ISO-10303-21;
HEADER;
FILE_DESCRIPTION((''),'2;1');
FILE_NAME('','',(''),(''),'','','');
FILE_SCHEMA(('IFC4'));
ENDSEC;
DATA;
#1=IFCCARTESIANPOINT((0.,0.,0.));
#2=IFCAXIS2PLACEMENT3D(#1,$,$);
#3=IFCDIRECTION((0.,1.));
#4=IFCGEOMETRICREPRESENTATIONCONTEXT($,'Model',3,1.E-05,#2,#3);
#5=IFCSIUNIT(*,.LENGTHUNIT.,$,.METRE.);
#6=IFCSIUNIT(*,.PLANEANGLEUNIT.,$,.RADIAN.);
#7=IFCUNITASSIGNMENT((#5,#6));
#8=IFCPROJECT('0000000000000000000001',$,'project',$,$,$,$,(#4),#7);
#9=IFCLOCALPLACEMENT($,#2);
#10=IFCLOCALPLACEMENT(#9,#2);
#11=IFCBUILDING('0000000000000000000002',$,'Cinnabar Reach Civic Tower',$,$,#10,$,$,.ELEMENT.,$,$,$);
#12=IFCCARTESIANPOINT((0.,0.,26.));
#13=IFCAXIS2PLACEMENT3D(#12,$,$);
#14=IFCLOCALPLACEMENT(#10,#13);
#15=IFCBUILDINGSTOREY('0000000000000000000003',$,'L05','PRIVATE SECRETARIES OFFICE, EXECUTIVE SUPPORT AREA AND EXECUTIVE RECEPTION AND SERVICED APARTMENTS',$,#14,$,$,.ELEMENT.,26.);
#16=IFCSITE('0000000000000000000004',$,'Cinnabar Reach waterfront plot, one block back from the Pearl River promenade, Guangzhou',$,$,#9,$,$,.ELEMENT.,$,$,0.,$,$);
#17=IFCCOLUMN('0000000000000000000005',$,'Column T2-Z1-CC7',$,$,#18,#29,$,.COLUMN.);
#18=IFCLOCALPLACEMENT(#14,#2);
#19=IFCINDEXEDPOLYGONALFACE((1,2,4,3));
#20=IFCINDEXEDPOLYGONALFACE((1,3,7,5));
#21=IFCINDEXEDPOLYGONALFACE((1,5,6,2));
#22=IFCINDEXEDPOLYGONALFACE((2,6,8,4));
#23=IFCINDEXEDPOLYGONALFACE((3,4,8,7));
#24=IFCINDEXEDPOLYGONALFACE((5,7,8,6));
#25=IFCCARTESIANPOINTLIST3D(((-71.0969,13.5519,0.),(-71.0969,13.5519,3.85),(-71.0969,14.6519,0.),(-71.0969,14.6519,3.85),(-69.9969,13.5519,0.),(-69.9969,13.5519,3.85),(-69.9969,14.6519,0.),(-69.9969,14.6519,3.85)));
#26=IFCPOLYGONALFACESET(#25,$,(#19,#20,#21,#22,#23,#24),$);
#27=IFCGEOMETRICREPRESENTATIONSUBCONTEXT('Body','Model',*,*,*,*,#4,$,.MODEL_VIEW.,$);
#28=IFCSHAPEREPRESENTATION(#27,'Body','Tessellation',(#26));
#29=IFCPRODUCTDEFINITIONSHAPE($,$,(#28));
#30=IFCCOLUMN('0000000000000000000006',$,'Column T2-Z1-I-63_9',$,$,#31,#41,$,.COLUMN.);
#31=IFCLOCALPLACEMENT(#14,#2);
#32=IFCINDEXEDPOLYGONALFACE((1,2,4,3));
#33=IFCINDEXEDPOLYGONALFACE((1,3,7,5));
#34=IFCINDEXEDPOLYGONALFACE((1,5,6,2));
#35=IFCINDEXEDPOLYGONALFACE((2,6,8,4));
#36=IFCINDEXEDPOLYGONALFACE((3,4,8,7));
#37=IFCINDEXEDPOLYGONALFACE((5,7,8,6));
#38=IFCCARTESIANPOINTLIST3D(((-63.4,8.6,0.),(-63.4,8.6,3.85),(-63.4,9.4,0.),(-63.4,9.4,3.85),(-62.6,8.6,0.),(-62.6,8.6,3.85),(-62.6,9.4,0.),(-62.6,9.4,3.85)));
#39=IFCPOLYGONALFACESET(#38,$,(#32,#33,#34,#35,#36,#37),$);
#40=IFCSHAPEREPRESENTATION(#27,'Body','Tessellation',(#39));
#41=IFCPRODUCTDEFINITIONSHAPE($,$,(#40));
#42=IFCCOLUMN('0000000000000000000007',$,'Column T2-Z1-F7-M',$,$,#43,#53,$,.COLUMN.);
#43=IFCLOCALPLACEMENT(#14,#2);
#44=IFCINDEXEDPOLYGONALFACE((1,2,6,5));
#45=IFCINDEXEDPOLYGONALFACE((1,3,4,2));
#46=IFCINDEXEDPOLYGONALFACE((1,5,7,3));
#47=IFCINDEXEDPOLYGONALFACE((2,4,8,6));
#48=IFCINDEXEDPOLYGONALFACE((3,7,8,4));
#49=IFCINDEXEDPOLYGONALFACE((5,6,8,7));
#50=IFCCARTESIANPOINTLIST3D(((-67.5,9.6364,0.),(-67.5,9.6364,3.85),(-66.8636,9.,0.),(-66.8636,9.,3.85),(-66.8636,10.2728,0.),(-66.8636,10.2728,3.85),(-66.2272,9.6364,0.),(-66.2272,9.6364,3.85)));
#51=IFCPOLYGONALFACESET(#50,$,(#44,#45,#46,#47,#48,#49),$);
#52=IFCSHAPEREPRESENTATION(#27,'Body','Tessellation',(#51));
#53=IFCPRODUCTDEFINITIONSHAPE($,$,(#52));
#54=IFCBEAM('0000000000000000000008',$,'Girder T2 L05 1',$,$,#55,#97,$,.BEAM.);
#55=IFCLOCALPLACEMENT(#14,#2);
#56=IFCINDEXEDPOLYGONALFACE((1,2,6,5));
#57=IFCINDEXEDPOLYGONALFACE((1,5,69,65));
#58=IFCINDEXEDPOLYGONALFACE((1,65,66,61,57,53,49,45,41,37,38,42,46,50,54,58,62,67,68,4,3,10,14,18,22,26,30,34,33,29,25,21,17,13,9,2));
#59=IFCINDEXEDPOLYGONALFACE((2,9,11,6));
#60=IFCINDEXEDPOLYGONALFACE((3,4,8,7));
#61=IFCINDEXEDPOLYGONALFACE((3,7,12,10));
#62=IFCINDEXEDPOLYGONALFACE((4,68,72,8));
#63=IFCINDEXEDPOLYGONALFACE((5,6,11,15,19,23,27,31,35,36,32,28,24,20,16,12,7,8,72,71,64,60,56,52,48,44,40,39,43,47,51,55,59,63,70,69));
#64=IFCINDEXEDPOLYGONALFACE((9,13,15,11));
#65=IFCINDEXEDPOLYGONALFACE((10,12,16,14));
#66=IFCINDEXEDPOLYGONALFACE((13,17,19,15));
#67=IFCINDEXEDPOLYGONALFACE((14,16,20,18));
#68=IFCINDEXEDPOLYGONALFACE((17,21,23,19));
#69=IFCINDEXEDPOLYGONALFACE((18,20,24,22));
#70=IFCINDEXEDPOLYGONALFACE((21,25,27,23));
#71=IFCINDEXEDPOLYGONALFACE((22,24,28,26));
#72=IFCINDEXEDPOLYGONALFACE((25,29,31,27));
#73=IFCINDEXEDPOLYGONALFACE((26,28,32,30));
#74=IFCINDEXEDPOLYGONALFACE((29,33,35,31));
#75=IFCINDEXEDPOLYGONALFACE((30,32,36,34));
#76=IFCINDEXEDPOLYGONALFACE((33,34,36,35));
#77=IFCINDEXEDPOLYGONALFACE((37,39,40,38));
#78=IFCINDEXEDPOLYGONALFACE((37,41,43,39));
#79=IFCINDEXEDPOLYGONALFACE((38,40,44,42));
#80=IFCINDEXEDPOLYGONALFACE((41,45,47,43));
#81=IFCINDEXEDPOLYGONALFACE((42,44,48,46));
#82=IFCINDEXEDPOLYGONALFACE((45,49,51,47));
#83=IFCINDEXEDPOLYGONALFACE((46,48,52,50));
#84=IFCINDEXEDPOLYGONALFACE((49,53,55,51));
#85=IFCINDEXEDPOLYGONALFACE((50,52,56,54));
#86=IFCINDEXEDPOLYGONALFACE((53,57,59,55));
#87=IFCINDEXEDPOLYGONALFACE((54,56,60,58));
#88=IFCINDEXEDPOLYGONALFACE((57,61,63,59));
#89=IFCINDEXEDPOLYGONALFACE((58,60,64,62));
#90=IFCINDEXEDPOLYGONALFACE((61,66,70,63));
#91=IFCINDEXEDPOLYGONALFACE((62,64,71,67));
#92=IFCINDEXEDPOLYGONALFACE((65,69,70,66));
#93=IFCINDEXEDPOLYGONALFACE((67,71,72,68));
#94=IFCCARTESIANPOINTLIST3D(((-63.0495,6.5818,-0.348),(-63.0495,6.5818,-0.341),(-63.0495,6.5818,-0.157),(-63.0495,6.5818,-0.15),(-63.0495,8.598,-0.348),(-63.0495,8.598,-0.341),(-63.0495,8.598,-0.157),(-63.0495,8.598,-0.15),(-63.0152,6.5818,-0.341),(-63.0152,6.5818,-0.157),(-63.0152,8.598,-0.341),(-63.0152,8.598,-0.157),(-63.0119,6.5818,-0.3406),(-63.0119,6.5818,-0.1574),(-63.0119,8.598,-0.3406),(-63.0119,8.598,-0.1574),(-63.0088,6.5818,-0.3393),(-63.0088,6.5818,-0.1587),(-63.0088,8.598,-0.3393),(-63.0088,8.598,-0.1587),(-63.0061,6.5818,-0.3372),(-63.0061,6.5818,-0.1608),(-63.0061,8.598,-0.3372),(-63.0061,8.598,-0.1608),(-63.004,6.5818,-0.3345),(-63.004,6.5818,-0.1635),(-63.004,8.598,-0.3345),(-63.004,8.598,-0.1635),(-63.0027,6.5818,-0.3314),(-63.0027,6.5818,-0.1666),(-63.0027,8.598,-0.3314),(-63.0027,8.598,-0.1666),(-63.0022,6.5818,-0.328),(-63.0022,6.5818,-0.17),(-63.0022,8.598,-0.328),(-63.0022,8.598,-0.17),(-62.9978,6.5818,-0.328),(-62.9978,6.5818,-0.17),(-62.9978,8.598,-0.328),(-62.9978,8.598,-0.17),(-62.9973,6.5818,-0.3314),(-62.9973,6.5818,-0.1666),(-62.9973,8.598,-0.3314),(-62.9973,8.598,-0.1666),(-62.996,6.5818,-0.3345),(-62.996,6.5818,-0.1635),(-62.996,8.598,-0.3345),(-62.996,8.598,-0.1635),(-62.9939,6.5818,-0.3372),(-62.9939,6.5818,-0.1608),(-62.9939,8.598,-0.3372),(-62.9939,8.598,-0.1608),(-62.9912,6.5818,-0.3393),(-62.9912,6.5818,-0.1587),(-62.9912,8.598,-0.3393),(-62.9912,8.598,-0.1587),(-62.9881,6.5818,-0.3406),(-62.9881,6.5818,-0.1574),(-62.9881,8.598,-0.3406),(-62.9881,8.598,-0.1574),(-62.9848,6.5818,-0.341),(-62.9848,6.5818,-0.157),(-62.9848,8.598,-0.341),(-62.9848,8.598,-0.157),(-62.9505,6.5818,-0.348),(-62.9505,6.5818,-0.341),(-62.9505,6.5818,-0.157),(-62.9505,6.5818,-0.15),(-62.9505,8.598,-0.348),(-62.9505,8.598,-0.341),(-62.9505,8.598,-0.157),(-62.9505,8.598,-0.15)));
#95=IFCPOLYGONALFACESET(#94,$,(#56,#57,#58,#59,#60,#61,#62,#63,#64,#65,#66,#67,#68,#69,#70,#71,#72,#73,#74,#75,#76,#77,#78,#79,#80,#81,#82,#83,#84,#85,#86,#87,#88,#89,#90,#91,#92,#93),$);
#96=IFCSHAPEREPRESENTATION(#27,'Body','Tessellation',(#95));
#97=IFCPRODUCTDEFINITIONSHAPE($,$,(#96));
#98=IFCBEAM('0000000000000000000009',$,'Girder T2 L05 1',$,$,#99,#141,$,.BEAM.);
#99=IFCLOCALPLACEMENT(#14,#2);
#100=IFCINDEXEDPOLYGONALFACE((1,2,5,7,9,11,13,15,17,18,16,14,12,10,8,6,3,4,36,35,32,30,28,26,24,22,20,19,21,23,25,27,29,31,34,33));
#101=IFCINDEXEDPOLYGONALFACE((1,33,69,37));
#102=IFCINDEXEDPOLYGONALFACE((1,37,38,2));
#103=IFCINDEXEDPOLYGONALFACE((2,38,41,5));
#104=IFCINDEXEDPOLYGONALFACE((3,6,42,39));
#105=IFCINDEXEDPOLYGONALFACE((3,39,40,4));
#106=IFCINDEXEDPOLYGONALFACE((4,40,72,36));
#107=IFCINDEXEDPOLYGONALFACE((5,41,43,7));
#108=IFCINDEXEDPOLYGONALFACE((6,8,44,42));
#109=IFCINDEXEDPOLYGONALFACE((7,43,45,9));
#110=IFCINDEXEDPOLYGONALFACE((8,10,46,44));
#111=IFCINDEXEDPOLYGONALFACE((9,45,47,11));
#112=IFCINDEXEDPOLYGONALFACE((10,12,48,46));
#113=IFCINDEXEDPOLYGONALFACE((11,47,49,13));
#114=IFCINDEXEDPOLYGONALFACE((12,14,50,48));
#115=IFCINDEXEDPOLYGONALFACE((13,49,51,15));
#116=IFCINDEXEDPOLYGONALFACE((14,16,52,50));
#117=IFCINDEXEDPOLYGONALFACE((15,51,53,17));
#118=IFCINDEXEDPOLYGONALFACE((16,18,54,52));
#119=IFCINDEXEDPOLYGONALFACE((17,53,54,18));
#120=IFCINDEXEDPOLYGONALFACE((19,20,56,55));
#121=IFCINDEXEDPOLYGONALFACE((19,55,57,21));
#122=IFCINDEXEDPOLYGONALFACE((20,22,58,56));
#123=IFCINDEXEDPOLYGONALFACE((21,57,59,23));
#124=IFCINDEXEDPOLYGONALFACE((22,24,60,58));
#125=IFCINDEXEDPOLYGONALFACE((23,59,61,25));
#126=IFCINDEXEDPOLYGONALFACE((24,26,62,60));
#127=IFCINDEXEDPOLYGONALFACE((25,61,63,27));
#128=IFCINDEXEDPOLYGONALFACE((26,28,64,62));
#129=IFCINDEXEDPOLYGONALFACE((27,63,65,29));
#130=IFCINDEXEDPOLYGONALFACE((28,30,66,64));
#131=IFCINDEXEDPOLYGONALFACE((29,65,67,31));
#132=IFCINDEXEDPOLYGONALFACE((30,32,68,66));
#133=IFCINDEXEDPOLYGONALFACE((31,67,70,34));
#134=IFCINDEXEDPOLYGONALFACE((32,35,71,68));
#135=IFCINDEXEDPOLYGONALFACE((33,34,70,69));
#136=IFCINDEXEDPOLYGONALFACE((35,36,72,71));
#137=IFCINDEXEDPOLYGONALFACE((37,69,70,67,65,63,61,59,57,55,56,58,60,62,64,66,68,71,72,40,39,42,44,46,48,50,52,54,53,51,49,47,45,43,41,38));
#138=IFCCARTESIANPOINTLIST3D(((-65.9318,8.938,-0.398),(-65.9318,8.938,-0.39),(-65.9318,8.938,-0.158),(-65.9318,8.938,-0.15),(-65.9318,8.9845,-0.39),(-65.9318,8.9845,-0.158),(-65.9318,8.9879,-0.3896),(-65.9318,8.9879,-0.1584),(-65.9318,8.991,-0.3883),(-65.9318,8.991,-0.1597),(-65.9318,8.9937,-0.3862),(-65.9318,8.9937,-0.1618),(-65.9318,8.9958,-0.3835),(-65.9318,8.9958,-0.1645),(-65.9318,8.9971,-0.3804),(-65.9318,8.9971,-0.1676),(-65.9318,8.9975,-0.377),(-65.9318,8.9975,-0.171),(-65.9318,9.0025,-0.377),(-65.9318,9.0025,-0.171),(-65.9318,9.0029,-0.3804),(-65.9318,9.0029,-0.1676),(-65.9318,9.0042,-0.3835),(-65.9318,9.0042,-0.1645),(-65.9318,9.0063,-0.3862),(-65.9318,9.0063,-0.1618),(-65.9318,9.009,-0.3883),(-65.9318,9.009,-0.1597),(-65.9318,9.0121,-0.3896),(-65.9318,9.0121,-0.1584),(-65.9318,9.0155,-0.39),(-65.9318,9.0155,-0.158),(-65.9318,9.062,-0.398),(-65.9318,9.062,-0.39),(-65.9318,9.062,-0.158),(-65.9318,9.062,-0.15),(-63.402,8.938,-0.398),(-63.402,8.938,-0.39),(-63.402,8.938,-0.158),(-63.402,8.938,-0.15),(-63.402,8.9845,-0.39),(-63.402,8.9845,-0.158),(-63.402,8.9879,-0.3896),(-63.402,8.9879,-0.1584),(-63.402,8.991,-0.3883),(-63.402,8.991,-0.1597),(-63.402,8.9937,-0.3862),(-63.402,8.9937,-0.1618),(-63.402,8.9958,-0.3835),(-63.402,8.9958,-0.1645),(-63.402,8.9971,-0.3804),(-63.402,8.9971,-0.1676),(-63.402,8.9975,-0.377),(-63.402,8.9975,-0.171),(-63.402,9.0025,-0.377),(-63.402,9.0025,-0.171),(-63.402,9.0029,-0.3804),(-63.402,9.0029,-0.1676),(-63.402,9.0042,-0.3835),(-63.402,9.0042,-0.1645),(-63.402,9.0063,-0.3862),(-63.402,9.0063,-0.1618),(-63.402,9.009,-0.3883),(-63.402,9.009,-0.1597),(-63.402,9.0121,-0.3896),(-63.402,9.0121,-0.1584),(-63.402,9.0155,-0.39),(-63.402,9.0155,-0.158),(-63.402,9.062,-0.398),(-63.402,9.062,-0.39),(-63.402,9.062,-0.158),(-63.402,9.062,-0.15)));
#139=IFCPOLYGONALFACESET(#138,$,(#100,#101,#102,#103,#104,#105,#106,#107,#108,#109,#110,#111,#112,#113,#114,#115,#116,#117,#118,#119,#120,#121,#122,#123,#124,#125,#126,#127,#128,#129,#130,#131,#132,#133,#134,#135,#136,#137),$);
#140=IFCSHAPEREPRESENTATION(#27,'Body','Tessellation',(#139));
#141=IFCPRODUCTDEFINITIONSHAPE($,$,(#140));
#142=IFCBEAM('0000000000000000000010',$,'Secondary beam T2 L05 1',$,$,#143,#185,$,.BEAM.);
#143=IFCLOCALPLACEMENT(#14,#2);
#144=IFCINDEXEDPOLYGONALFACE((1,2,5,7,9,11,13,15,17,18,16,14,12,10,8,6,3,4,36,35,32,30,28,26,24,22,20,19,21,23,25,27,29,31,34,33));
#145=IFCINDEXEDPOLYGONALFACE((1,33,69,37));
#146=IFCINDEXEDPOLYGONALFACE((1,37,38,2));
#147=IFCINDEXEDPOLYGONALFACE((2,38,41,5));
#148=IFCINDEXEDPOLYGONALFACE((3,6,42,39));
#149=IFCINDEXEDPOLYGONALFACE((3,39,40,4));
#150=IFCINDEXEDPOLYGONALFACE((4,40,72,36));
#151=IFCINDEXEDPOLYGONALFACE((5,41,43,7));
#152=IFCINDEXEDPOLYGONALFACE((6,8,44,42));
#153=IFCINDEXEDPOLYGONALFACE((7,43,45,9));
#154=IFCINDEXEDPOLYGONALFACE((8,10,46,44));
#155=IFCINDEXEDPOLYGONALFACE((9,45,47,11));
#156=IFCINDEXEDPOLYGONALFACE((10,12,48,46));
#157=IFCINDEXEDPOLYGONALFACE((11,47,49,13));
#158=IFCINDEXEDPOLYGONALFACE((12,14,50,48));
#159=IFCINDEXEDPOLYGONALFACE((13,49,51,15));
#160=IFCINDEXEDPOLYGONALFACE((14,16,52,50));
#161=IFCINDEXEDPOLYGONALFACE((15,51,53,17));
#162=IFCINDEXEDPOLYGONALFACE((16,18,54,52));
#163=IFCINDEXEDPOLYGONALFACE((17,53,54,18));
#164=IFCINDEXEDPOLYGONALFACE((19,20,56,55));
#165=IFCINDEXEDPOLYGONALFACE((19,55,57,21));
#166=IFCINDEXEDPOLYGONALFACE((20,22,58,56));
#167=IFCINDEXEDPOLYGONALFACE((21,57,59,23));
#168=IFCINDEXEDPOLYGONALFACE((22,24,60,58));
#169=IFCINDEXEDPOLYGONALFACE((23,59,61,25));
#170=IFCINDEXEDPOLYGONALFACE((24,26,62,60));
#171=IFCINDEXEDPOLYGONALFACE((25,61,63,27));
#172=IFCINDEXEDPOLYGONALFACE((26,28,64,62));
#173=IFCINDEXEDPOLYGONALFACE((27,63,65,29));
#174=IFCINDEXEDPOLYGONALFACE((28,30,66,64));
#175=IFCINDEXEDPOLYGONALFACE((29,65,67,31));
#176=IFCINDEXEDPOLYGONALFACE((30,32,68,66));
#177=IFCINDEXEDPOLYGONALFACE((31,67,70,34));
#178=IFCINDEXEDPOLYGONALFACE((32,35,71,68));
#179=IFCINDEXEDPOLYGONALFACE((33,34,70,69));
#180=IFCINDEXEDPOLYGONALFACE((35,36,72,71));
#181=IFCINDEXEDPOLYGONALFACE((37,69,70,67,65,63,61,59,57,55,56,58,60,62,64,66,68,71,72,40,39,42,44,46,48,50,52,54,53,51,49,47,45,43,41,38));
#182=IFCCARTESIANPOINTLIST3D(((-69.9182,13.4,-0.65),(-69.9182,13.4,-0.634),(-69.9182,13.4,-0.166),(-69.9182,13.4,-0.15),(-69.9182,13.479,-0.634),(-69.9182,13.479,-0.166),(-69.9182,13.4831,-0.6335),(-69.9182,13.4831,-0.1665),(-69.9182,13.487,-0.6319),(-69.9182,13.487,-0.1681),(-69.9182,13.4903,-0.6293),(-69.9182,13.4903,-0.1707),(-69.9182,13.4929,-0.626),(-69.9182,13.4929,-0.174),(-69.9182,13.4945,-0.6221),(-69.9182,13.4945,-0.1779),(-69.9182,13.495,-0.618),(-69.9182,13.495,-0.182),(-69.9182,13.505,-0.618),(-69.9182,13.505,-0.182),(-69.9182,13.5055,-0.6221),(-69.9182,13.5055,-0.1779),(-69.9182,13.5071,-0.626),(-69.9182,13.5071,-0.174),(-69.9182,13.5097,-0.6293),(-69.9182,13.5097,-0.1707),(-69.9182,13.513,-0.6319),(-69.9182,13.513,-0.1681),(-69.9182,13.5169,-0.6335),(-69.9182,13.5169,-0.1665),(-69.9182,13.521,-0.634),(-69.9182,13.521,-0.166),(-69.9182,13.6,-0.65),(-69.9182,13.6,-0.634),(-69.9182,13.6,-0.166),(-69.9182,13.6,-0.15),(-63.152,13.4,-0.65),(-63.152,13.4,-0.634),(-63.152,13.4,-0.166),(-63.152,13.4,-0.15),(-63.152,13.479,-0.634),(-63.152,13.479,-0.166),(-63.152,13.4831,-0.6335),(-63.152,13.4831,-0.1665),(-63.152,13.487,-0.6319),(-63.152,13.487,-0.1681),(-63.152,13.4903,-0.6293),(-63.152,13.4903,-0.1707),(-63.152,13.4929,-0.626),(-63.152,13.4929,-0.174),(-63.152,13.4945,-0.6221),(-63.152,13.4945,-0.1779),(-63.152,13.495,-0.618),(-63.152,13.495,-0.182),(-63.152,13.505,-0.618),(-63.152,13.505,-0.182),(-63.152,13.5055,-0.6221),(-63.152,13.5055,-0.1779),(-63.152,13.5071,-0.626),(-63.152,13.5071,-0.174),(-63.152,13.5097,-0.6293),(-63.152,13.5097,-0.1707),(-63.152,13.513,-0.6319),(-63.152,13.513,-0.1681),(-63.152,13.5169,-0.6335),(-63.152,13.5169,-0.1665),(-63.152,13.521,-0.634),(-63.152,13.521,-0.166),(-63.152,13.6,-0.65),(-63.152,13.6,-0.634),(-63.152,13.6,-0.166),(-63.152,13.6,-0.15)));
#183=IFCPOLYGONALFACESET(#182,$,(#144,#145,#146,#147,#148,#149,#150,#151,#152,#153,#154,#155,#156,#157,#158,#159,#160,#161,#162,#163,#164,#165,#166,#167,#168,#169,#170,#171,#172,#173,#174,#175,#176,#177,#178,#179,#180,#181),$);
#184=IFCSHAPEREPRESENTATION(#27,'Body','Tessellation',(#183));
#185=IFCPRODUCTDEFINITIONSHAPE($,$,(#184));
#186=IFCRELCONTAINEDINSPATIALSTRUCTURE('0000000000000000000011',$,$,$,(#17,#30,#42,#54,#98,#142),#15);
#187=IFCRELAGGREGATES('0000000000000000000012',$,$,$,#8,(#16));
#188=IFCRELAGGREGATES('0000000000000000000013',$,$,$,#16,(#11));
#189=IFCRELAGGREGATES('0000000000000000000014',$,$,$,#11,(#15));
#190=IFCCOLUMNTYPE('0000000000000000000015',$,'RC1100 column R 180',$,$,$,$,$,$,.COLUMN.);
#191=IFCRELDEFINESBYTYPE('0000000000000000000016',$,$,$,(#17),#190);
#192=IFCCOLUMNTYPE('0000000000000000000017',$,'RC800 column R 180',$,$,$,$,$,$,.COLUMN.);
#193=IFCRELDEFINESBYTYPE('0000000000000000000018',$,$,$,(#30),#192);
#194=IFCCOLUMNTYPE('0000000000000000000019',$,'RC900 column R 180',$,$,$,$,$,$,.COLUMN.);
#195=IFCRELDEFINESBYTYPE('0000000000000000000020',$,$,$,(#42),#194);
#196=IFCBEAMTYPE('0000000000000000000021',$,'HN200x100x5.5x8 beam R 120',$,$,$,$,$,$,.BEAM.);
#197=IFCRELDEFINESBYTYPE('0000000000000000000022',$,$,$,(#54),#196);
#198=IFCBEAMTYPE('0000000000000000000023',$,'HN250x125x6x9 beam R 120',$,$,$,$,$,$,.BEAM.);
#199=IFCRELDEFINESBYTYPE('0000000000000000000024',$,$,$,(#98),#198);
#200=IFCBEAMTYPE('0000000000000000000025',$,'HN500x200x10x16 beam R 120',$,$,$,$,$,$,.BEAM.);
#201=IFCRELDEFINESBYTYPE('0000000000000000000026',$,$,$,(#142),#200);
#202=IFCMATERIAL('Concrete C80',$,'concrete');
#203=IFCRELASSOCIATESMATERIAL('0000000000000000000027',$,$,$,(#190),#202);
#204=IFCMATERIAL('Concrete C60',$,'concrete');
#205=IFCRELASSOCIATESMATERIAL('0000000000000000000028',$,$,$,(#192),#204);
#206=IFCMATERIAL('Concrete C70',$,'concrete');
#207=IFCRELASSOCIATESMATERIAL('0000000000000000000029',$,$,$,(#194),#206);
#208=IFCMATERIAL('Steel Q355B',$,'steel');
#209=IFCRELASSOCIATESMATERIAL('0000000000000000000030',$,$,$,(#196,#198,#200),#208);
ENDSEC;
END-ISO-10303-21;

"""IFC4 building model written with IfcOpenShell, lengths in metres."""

from ifc_helpers import new_model, si_unit, direction, frame, origin, origin_2d, place, context, subcontext, project, spatial, rectangle, i_section, extrude, material, material_profile, profile_set, type_object, element, save


model = new_model("IFC4")

# Units and contexts
model_context = context("Model", 3, precision=1e-05, world=origin(), true_north=direction((0.0, 1.0)))
body_context = subcontext(model_context, "Body", "Model", "MODEL_VIEW")
ifc_project = project(units=[si_unit("LENGTHUNIT", "METRE"), si_unit("PLANEANGLEUNIT", "RADIAN")], contexts=[model_context])

# Site, building, storey
site_placement = place(None, origin())
site = spatial("IfcSite", under=ifc_project, at=site_placement, Name="Cinnabar Reach waterfront plot, one block back from the Pearl River promenade, Guangzhou", CompositionType="ELEMENT", RefElevation=0.0)
building_placement = place(site_placement, origin())
building = spatial("IfcBuilding", under=site, at=building_placement, Name="Cinnabar Reach Civic Tower", CompositionType="ELEMENT")
storey_placement = place(building_placement, frame((0.0, 0.0, 26.0)))
storey = spatial("IfcBuildingStorey", under=building, at=storey_placement, Name="L05", Description="PRIVATE SECRETARIES OFFICE, EXECUTIVE SUPPORT AREA AND EXECUTIVE RECEPTION AND SERVICED APARTMENTS", CompositionType="ELEMENT", Elevation=26.0)

# Columns
ifc_material_1 = material(Name="Concrete C80", Category="concrete")
ifc_material_profile_1 = material_profile(ifc_material_1, rectangle(XDim=1.1, YDim=1.1, at=origin_2d()), Name="RC1100")
ifc_profile_set_1 = profile_set([ifc_material_profile_1], Name="Concrete C80")
column_type_1 = type_object("IfcColumnType", Name="RC1100 column R 180", PredefinedType="COLUMN", material=ifc_profile_set_1)
column_1_placement = place(storey_placement, frame((-70.5469, 14.1019, 0.0), z_axis=(0.0, 0.0, 1.0), x_axis=(1.0, 0.0, 0.0)))
element("IfcColumn", 1, at=column_1_placement, inside=storey, type_object=column_type_1, Name="Column T2-Z1-CC7", PredefinedType="COLUMN", context=body_context, shape_type="SweptSolid", body=[
    extrude(rectangle(XDim=1.1, YDim=1.1, at=origin_2d()), origin(), (0.0, 0.0, 1.0), 3.85),
])
ifc_material_2 = material(Name="Concrete C60", Category="concrete")
ifc_material_profile_2 = material_profile(ifc_material_2, rectangle(XDim=0.8, YDim=0.8, at=origin_2d()), Name="RC800")
ifc_profile_set_2 = profile_set([ifc_material_profile_2], Name="Concrete C60")
column_type_2 = type_object("IfcColumnType", Name="RC800 column R 180", PredefinedType="COLUMN", material=ifc_profile_set_2)
column_2_placement = place(storey_placement, frame((-63.0, 9.0, 0.0), z_axis=(0.0, 0.0, 1.0), x_axis=(1.0, 0.0, 0.0)))
element("IfcColumn", 2, at=column_2_placement, inside=storey, type_object=column_type_2, Name="Column T2-Z1-I-63_9", PredefinedType="COLUMN", context=body_context, shape_type="SweptSolid", body=[
    extrude(rectangle(XDim=0.8, YDim=0.8, at=origin_2d()), origin(), (0.0, 0.0, 1.0), 3.85),
])
ifc_material_3 = material(Name="Concrete C70", Category="concrete")
ifc_material_profile_3 = material_profile(ifc_material_3, rectangle(XDim=0.9, YDim=0.9, at=origin_2d()), Name="RC900")
ifc_profile_set_3 = profile_set([ifc_material_profile_3], Name="Concrete C70")
column_type_3 = type_object("IfcColumnType", Name="RC900 column R 180", PredefinedType="COLUMN", material=ifc_profile_set_3)
column_3_placement = place(storey_placement, frame((-66.8636, 9.6364, 0.0), z_axis=(0.0, 0.0, 1.0), x_axis=(0.707107, 0.707107, 0.0)))
element("IfcColumn", 3, at=column_3_placement, inside=storey, type_object=column_type_3, Name="Column T2-Z1-F7-M", PredefinedType="COLUMN", context=body_context, shape_type="SweptSolid", body=[
    extrude(rectangle(XDim=0.9, YDim=0.9, at=origin_2d()), origin(), (0.0, 0.0, 1.0), 3.85),
])

# Beams
ifc_material_4 = material(Name="Steel Q355B", Category="steel")
ifc_material_profile_4 = material_profile(ifc_material_4, i_section(OverallWidth=0.099, OverallDepth=0.198, WebThickness=0.0045, FlangeThickness=0.007, FilletRadius=0.013, at=origin_2d()), Name="HN200x100x5.5x8")
ifc_profile_set_4 = profile_set([ifc_material_profile_4], Name="Steel Q355B")
beam_type_1 = type_object("IfcBeamType", Name="HN200x100x5.5x8 beam R 120", PredefinedType="BEAM", material=ifc_profile_set_4)
beam_1_placement = place(storey_placement, frame((-63.0, 6.5818, -0.249), z_axis=(0.0, 1.0, 0.0), x_axis=(-1.0, 0.0, 0.0)))
element("IfcBeam", 4, at=beam_1_placement, inside=storey, type_object=beam_type_1, Name="Girder T2 L05 1", PredefinedType="BEAM", context=body_context, shape_type="SweptSolid", body=[
    extrude(i_section(OverallWidth=0.099, OverallDepth=0.198, WebThickness=0.0045, FlangeThickness=0.007, FilletRadius=0.013, at=origin_2d()), origin(), (0.0, 0.0, 1.0), 2.0162),
])
ifc_material_profile_5 = material_profile(ifc_material_4, i_section(OverallWidth=0.124, OverallDepth=0.248, WebThickness=0.005, FlangeThickness=0.008, FilletRadius=0.013, at=origin_2d()), Name="HN250x125x6x9")
ifc_profile_set_5 = profile_set([ifc_material_profile_5], Name="Steel Q355B")
beam_type_2 = type_object("IfcBeamType", Name="HN250x125x6x9 beam R 120", PredefinedType="BEAM", material=ifc_profile_set_5)
beam_2_placement = place(storey_placement, frame((-65.9318, 9.0, -0.274), z_axis=(1.0, 0.0, 0.0), x_axis=(0.0, 1.0, 0.0)))
element("IfcBeam", 5, at=beam_2_placement, inside=storey, type_object=beam_type_2, Name="Girder T2 L05 1", PredefinedType="BEAM", context=body_context, shape_type="SweptSolid", body=[
    extrude(i_section(OverallWidth=0.124, OverallDepth=0.248, WebThickness=0.005, FlangeThickness=0.008, FilletRadius=0.013, at=origin_2d()), origin(), (0.0, 0.0, 1.0), 2.5298),
])
ifc_material_profile_6 = material_profile(ifc_material_4, i_section(OverallWidth=0.2, OverallDepth=0.5, WebThickness=0.01, FlangeThickness=0.016, FilletRadius=0.016, at=origin_2d()), Name="HN500x200x10x16")
ifc_profile_set_6 = profile_set([ifc_material_profile_6], Name="Steel Q355B")
beam_type_3 = type_object("IfcBeamType", Name="HN500x200x10x16 beam R 120", PredefinedType="BEAM", material=ifc_profile_set_6)
beam_3_placement = place(storey_placement, frame((-69.9182, 13.5, -0.4), z_axis=(1.0, 0.0, 0.0), x_axis=(0.0, 1.0, 0.0)))
element("IfcBeam", 6, at=beam_3_placement, inside=storey, type_object=beam_type_3, Name="Secondary beam T2 L05 1", PredefinedType="BEAM", context=body_context, shape_type="SweptSolid", body=[
    extrude(i_section(OverallWidth=0.2, OverallDepth=0.5, WebThickness=0.01, FlangeThickness=0.016, FilletRadius=0.016, at=origin_2d()), origin(), (0.0, 0.0, 1.0), 6.7662),
])

save(model, "model.ifc")
